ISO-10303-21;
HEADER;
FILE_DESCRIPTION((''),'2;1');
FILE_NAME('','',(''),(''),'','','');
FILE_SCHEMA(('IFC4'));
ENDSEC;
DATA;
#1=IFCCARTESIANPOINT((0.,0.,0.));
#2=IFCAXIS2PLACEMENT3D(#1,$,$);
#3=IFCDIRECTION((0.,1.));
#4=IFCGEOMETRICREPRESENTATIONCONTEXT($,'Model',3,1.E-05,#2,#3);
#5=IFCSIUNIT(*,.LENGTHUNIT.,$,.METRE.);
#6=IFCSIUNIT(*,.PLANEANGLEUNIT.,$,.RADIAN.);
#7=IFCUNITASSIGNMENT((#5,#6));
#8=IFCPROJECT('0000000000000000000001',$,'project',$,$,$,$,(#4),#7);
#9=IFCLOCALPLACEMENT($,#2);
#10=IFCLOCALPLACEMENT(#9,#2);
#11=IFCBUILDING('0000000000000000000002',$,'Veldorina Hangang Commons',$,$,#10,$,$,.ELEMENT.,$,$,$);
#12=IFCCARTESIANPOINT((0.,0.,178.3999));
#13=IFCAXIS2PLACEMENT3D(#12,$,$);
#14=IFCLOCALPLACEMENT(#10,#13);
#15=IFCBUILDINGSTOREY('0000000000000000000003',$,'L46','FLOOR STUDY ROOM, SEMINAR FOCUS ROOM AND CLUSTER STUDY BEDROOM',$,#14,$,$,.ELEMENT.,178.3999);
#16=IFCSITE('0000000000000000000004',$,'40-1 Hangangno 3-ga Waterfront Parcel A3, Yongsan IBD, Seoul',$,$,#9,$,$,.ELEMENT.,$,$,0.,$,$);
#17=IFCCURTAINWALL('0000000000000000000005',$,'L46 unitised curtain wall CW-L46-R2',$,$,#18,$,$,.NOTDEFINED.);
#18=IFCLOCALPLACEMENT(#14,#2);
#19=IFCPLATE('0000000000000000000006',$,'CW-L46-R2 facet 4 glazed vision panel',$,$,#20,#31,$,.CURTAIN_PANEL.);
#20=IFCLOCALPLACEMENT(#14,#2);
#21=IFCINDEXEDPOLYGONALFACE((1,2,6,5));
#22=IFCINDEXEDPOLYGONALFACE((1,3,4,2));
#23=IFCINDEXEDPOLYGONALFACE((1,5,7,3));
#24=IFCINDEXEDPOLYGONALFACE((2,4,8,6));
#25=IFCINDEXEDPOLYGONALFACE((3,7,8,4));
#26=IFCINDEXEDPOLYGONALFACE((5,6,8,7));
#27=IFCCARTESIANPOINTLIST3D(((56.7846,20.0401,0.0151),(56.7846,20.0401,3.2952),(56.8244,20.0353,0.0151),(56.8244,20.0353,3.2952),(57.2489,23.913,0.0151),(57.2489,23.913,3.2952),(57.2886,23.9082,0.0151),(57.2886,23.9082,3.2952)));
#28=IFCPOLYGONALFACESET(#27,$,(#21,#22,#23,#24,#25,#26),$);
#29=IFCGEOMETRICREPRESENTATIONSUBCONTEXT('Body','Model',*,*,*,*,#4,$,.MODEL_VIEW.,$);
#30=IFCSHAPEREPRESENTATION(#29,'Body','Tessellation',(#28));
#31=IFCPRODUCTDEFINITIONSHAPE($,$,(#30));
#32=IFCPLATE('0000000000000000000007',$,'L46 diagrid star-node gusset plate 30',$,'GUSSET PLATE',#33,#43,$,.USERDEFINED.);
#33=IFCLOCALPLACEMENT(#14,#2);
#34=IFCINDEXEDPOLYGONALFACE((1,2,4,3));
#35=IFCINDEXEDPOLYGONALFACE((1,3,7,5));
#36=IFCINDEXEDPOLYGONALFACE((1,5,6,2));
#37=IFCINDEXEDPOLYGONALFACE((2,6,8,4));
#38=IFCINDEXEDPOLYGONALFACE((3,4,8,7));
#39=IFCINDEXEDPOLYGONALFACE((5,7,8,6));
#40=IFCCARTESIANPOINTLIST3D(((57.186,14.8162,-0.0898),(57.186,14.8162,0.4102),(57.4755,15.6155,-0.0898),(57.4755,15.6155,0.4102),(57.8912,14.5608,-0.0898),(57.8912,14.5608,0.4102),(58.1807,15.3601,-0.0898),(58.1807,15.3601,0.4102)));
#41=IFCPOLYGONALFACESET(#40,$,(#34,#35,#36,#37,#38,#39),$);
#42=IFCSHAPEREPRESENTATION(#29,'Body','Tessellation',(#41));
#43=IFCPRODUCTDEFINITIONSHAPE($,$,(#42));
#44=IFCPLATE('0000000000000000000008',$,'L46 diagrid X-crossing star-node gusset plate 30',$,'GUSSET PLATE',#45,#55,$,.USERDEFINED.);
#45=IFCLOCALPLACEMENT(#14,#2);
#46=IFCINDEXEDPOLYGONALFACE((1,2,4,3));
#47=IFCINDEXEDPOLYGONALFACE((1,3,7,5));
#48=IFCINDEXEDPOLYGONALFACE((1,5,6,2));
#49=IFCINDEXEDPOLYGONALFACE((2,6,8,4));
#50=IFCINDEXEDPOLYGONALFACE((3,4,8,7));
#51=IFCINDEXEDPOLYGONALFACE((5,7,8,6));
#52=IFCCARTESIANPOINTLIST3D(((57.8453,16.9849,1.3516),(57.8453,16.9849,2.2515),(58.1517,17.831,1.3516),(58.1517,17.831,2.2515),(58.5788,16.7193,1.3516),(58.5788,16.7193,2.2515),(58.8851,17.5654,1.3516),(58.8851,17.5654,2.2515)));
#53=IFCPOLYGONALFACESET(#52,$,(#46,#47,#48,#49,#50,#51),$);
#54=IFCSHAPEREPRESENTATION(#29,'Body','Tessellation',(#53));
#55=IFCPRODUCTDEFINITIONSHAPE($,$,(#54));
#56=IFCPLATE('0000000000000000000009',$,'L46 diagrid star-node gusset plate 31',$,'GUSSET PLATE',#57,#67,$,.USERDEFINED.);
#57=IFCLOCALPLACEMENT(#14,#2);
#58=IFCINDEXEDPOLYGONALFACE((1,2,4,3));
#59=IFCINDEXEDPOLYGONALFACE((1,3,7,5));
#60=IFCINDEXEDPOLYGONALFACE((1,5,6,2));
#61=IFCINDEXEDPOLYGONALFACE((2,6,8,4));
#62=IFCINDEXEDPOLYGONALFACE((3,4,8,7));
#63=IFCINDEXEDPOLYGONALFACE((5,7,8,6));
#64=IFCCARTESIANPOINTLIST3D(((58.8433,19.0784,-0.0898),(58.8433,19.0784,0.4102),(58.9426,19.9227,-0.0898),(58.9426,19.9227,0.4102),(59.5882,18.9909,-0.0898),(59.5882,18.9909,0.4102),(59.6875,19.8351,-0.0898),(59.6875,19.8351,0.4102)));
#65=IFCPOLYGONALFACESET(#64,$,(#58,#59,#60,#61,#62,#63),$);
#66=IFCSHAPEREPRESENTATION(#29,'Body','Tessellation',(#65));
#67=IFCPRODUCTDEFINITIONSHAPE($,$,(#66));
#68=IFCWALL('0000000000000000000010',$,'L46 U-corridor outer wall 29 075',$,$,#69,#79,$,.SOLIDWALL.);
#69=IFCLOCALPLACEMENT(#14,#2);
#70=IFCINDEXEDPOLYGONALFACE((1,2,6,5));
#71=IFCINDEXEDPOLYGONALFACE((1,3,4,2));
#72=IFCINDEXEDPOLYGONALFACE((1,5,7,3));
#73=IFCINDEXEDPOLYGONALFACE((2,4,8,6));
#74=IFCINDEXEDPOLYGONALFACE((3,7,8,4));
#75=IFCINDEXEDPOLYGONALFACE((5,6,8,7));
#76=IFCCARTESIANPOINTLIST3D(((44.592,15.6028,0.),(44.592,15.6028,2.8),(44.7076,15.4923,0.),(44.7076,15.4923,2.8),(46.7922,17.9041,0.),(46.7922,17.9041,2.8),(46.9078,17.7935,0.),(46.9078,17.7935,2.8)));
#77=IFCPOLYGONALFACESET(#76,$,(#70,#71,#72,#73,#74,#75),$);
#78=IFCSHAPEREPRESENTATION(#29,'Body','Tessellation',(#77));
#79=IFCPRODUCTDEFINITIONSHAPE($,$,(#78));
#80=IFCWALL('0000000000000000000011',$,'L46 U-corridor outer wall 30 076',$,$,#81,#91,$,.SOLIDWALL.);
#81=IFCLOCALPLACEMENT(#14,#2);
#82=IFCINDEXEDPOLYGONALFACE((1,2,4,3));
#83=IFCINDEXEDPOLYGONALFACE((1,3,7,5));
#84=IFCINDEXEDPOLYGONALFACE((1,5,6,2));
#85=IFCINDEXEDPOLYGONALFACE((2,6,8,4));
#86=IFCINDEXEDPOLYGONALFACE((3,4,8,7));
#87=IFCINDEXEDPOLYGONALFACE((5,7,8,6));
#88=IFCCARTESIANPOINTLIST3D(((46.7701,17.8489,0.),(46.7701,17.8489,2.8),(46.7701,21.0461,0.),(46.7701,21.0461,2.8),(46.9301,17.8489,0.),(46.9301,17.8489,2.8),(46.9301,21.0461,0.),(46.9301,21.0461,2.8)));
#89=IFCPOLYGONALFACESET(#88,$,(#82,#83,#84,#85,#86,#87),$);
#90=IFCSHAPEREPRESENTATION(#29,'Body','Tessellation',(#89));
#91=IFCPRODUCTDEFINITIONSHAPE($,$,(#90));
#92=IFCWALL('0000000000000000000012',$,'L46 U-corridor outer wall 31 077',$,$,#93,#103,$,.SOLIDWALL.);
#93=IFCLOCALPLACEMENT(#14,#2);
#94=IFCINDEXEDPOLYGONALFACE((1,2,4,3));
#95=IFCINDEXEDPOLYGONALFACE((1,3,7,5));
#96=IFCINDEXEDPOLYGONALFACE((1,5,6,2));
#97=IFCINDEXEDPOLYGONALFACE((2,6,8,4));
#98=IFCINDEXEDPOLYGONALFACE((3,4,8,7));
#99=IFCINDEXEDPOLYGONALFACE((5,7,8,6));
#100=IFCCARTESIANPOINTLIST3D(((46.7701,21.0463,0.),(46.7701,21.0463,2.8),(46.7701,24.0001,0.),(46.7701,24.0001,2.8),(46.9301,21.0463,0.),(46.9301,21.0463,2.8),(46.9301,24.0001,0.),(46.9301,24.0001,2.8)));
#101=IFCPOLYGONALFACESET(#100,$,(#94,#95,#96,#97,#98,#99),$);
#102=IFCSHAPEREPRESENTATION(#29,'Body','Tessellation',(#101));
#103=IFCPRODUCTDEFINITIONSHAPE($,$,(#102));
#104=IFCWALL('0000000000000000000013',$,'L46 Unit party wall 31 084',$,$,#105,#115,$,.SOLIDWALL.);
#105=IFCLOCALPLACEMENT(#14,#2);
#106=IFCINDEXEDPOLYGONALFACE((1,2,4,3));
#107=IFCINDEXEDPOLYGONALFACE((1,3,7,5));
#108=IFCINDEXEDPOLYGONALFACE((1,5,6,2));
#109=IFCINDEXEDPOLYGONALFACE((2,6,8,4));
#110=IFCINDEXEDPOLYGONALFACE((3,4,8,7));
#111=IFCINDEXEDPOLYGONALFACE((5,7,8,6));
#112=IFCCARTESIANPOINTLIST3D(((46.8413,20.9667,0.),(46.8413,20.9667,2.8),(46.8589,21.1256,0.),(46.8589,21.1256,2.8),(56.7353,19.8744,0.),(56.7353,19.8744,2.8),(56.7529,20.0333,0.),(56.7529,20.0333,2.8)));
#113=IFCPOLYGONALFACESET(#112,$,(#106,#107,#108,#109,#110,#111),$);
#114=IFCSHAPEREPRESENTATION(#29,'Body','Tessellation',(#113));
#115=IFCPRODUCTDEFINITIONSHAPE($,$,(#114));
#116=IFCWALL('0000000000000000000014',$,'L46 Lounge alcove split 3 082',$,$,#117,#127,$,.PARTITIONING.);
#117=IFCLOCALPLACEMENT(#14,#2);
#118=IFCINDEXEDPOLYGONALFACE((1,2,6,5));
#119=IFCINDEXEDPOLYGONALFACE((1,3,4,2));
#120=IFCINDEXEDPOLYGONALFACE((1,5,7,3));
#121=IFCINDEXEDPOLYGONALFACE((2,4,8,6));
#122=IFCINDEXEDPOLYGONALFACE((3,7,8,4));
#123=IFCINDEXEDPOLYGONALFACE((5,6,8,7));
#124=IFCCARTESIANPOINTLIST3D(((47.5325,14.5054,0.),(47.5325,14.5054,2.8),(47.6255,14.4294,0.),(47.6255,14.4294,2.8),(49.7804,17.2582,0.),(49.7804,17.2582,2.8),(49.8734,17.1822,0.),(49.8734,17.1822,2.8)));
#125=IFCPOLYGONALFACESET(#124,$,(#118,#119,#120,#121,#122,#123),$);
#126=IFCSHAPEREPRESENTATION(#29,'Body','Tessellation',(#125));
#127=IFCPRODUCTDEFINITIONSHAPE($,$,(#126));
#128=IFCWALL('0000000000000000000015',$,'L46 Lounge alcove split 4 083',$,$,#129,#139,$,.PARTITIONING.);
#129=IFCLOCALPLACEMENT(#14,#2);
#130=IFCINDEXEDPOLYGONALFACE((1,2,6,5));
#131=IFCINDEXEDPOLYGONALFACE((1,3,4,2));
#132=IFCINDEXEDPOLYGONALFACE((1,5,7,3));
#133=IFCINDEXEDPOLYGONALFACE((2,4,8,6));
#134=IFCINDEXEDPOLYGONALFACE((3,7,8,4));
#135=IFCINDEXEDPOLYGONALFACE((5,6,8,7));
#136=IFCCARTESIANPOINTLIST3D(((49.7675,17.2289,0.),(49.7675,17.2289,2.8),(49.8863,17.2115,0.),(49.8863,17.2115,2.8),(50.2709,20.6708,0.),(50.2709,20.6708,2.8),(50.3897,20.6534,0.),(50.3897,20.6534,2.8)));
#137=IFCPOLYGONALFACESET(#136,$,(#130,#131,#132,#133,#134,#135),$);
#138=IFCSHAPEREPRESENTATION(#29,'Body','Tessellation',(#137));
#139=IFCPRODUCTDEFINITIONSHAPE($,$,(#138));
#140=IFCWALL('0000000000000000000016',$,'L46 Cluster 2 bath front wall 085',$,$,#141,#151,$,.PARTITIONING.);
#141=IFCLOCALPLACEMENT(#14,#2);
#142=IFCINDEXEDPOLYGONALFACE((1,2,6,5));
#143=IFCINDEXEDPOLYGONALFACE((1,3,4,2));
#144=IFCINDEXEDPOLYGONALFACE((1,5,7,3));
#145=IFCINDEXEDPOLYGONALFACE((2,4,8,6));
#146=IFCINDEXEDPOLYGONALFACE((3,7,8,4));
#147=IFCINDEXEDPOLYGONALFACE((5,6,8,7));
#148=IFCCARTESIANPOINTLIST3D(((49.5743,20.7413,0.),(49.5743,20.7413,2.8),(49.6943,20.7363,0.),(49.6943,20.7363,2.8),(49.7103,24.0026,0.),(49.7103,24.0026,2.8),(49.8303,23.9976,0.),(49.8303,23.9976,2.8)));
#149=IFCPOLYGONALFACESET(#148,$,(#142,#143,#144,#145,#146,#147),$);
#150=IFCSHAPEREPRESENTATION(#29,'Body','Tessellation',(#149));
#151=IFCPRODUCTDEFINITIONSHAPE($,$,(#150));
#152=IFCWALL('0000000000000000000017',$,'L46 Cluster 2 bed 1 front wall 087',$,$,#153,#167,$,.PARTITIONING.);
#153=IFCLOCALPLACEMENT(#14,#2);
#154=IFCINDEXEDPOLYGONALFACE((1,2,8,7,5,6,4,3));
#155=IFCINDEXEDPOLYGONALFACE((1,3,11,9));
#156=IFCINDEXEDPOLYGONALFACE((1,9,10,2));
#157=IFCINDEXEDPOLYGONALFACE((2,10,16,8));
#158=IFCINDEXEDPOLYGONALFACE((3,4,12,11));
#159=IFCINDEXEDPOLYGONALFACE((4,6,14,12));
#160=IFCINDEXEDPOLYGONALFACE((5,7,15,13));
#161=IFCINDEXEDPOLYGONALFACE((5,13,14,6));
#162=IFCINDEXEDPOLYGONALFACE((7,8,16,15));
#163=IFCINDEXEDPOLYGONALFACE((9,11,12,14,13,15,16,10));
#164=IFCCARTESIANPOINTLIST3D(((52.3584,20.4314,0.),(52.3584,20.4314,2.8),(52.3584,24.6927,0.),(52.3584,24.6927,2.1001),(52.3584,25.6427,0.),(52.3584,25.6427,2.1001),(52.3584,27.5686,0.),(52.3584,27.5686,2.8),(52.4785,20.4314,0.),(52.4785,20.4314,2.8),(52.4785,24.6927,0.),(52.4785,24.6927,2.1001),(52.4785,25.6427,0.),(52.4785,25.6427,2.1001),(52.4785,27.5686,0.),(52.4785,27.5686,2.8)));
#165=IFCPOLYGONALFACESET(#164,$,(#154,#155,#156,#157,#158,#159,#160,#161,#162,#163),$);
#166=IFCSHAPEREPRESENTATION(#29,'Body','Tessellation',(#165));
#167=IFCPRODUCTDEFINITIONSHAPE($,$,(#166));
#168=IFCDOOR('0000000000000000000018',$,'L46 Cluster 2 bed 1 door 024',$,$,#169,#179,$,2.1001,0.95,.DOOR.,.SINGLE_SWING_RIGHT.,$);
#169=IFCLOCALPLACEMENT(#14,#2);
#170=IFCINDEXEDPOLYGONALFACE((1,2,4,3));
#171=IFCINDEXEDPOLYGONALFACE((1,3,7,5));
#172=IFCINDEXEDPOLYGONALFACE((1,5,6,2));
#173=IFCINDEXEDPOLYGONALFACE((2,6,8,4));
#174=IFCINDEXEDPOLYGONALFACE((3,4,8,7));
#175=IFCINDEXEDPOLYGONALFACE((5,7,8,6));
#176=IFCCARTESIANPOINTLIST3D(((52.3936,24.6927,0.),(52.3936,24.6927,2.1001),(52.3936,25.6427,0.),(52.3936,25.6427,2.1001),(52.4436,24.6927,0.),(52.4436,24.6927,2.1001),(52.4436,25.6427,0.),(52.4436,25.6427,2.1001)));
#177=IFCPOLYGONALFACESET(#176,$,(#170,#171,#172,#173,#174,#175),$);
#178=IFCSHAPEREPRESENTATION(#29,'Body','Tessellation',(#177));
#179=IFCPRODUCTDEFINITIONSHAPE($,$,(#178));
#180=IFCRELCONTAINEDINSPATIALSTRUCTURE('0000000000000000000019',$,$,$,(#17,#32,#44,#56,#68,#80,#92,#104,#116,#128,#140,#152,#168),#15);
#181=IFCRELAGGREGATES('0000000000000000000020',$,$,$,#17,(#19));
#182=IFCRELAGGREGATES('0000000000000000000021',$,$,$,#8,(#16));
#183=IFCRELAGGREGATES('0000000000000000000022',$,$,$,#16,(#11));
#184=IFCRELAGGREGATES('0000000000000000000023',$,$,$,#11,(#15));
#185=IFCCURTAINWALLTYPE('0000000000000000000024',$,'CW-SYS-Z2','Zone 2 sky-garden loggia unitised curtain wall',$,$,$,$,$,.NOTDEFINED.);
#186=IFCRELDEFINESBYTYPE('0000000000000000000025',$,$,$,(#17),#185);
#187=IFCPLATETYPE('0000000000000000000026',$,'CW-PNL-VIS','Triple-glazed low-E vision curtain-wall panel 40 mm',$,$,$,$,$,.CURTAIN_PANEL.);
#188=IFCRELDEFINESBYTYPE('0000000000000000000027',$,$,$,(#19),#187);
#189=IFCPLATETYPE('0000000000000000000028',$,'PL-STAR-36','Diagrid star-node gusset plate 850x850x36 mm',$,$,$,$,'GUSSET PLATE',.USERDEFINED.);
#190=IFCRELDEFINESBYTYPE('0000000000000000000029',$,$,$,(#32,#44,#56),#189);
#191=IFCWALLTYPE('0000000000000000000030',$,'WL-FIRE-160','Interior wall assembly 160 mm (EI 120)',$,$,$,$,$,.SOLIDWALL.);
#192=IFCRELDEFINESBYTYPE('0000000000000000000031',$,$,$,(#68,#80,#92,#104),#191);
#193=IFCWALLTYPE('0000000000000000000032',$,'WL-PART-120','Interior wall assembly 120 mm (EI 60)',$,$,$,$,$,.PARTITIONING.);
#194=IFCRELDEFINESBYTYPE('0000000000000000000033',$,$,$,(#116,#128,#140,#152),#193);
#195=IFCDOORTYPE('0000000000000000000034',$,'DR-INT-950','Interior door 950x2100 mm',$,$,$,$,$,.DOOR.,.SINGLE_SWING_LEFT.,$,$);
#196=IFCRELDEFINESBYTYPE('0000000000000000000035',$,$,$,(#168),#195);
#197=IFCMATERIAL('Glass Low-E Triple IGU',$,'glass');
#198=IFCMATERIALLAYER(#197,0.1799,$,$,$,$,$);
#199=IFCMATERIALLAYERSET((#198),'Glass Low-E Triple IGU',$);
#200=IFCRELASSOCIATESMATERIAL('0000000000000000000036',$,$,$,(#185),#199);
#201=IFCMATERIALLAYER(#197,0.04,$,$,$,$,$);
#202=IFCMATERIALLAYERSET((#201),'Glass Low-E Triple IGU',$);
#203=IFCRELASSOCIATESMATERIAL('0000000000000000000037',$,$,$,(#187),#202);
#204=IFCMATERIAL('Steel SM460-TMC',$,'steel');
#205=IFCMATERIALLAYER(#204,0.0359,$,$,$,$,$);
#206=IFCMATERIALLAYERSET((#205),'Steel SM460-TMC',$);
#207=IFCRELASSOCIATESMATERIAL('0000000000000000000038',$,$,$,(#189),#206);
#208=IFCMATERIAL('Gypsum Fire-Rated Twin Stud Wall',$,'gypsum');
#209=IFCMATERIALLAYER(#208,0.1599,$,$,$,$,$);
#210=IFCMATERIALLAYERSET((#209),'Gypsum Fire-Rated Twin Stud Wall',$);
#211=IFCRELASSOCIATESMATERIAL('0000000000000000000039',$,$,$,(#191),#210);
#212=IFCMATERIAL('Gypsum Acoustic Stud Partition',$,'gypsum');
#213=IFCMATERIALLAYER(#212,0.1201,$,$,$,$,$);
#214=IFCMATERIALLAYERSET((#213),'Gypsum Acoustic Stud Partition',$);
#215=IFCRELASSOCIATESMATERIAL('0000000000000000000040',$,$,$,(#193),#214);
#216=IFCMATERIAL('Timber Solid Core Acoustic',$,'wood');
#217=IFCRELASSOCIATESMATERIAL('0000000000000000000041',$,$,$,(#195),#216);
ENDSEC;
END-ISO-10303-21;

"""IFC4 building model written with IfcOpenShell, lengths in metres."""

from ifc_helpers import new_model, si_unit, direction, frame, frame_2d, origin, origin_2d, place, context, subcontext, project, spatial, rectangle, extrude, material, layer, layer_set, type_object, element, fill, aggregate, save


model = new_model("IFC4")

# Units and contexts
model_context = context("Model", 3, precision=1e-05, world=origin(), true_north=direction((0.0, 1.0)))
body_context = subcontext(model_context, "Body", "Model", "MODEL_VIEW")
ifc_project = project(units=[si_unit("LENGTHUNIT", "METRE"), si_unit("PLANEANGLEUNIT", "RADIAN")], contexts=[model_context])

# Site, building, storey
site_placement = place(None, origin())
site = spatial("IfcSite", under=ifc_project, at=site_placement, Name="40-1 Hangangno 3-ga Waterfront Parcel A3, Yongsan IBD, Seoul", CompositionType="ELEMENT", RefElevation=0.0)
building_placement = place(site_placement, origin())
building = spatial("IfcBuilding", under=site, at=building_placement, Name="Veldorina Hangang Commons", CompositionType="ELEMENT")
storey_placement = place(building_placement, frame((0.0, 0.0, 178.3999)))
storey = spatial("IfcBuildingStorey", under=building, at=storey_placement, Name="L46", Description="FLOOR STUDY ROOM, SEMINAR FOCUS ROOM AND CLUSTER STUDY BEDROOM", CompositionType="ELEMENT", Elevation=178.3999)

# Curtain wall
ifc_material_1 = material(Name="Glass Low-E Triple IGU", Category="glass")
ifc_layer_1 = layer(ifc_material_1, 0.1799)
ifc_layer_set_1 = layer_set([ifc_layer_1], Name="Glass Low-E Triple IGU")
curtain_wall_type = type_object("IfcCurtainWallType", Name="CW-SYS-Z2", Description="Zone 2 sky-garden loggia unitised curtain wall", PredefinedType="NOTDEFINED", material=ifc_layer_set_1)
curtain_wall_placement = place(storey_placement, origin())
curtain_wall = element("IfcCurtainWall", 1, at=curtain_wall_placement, inside=storey, type_object=curtain_wall_type, Name="L46 unitised curtain wall CW-L46-R2", PredefinedType="NOTDEFINED")

# Plate
ifc_layer_2 = layer(ifc_material_1, 0.04)
ifc_layer_set_2 = layer_set([ifc_layer_2], Name="Glass Low-E Triple IGU")
plate_type_1 = type_object("IfcPlateType", Name="CW-PNL-VIS", Description="Triple-glazed low-E vision curtain-wall panel 40 mm", PredefinedType="CURTAIN_PANEL", material=ifc_layer_set_2)
plate_1_placement = place(storey_placement, frame((57.0366, 21.9741, 0.0151), z_axis=(0.0, 0.0, 1.0), x_axis=(0.119028, 0.992891, 0.0)))
plate_1 = element("IfcPlate", 2, at=plate_1_placement, type_object=plate_type_1, Name="CW-L46-R2 facet 4 glazed vision panel", PredefinedType="CURTAIN_PANEL", context=body_context, shape_type="SweptSolid", body=[
    extrude(rectangle(XDim=3.9006, YDim=0.04, at=origin_2d()), origin(), (0.0, 0.0, 1.0), 3.28),
])
aggregate(curtain_wall, [plate_1])

# Plates
ifc_material_2 = material(Name="Steel SM460-TMC", Category="steel")
ifc_layer_3 = layer(ifc_material_2, 0.0359)
ifc_layer_set_3 = layer_set([ifc_layer_3], Name="Steel SM460-TMC")
plate_type_2 = type_object("IfcPlateType", Name="PL-STAR-36", Description="Diagrid star-node gusset plate 850x850x36 mm", ElementType="GUSSET PLATE", PredefinedType="USERDEFINED", material=ifc_layer_set_3)
plate_2_placement = place(storey_placement, frame((57.6833, 15.0881, -0.0898), z_axis=(0.0, 0.0, 1.0), x_axis=(0.340462, 0.940258, 0.0)))
element("IfcPlate", 3, at=plate_2_placement, inside=storey, type_object=plate_type_2, Name="L46 diagrid star-node gusset plate 30", ObjectType="GUSSET PLATE", PredefinedType="USERDEFINED", context=body_context, shape_type="SweptSolid", body=[
    extrude(rectangle(XDim=0.8501, YDim=0.75, at=origin_2d()), origin(), (0.0, 0.0, 1.0), 0.5),
])
plate_3_placement = place(storey_placement, frame((58.3652, 17.2751, 1.3516), z_axis=(0.0, 0.0, 1.0), x_axis=(0.340462, 0.940258, 0.0)))
element("IfcPlate", 4, at=plate_3_placement, inside=storey, type_object=plate_type_2, Name="L46 diagrid X-crossing star-node gusset plate 30", ObjectType="GUSSET PLATE", PredefinedType="USERDEFINED", context=body_context, shape_type="SweptSolid", body=[
    extrude(rectangle(XDim=0.8999, YDim=0.78, at=origin_2d()), origin(), (0.0, 0.0, 1.0), 0.8999),
])
plate_4_placement = place(storey_placement, frame((59.2654, 19.4568, -0.0898), z_axis=(0.0, 0.0, 1.0), x_axis=(0.116775, 0.993158, 0.0)))
element("IfcPlate", 5, at=plate_4_placement, inside=storey, type_object=plate_type_2, Name="L46 diagrid star-node gusset plate 31", ObjectType="GUSSET PLATE", PredefinedType="USERDEFINED", context=body_context, shape_type="SweptSolid", body=[
    extrude(rectangle(XDim=0.8501, YDim=0.75, at=origin_2d()), origin(), (0.0, 0.0, 1.0), 0.5),
])

# Walls
ifc_material_3 = material(Name="Gypsum Fire-Rated Twin Stud Wall", Category="gypsum")
ifc_layer_4 = layer(ifc_material_3, 0.1599)
ifc_layer_set_4 = layer_set([ifc_layer_4], Name="Gypsum Fire-Rated Twin Stud Wall")
wall_type_1 = type_object("IfcWallType", Name="WL-FIRE-160", Description="Interior wall assembly 160 mm (EI 120)", PredefinedType="SOLIDWALL", material=ifc_layer_set_4)
wall_1_placement = place(storey_placement, frame((44.6499, 15.5476, 0.0), z_axis=(0.0, 0.0, 1.0), x_axis=(0.691055, 0.722802, 0.0)))
element("IfcWall", 6, at=wall_1_placement, inside=storey, type_object=wall_type_1, Name="L46 U-corridor outer wall 29 075", PredefinedType="SOLIDWALL", context=body_context, shape_type="SweptSolid", body=[
    extrude(rectangle(XDim=3.1838, YDim=0.1599, at=frame_2d((1.5918, 0.0))), origin(), (0.0, 0.0, 1.0), 2.8),
])
wall_2_placement = place(storey_placement, frame((46.8501, 17.8489, 0.0), z_axis=(0.0, 0.0, 1.0), x_axis=(0.0, 1.0, 0.0)))
element("IfcWall", 7, at=wall_2_placement, inside=storey, type_object=wall_type_1, Name="L46 U-corridor outer wall 30 076", PredefinedType="SOLIDWALL", context=body_context, shape_type="SweptSolid", body=[
    extrude(rectangle(XDim=3.1973, YDim=0.1599, at=frame_2d((1.5986, 0.0))), origin(), (0.0, 0.0, 1.0), 2.8),
])
wall_3_placement = place(storey_placement, frame((46.8501, 21.0461, 0.0), z_axis=(0.0, 0.0, 1.0), x_axis=(0.0, 1.0, 0.0)))
element("IfcWall", 8, at=wall_3_placement, inside=storey, type_object=wall_type_1, Name="L46 U-corridor outer wall 31 077", PredefinedType="SOLIDWALL", context=body_context, shape_type="SweptSolid", body=[
    extrude(rectangle(XDim=2.9539, YDim=0.1599, at=frame_2d((1.4771, 0.0))), origin(), (0.0, 0.0, 1.0), 2.8),
])
wall_4_placement = place(storey_placement, frame((46.8501, 21.0461, 0.0), z_axis=(0.0, 0.0, 1.0), x_axis=(0.993961, -0.109732, 0.0)))
element("IfcWall", 9, at=wall_4_placement, inside=storey, type_object=wall_type_1, Name="L46 Unit party wall 31 084", PredefinedType="SOLIDWALL", context=body_context, shape_type="SweptSolid", body=[
    extrude(rectangle(XDim=9.9541, YDim=0.1599, at=frame_2d((4.9771, 0.0))), origin(), (0.0, 0.0, 1.0), 2.8),
])
ifc_material_4 = material(Name="Gypsum Acoustic Stud Partition", Category="gypsum")
ifc_layer_5 = layer(ifc_material_4, 0.1201)
ifc_layer_set_5 = layer_set([ifc_layer_5], Name="Gypsum Acoustic Stud Partition")
wall_type_2 = type_object("IfcWallType", Name="WL-PART-120", Description="Interior wall assembly 120 mm (EI 60)", PredefinedType="PARTITIONING", material=ifc_layer_set_5)
wall_5_placement = place(storey_placement, frame((47.5791, 14.4675, 0.0), z_axis=(0.0, 0.0, 1.0), x_axis=(0.632497, 0.774563, 0.0)))
element("IfcWall", 10, at=wall_5_placement, inside=storey, type_object=wall_type_2, Name="L46 Lounge alcove split 3 082", PredefinedType="PARTITIONING", context=body_context, shape_type="SweptSolid", body=[
    extrude(rectangle(XDim=3.554, YDim=0.1201, at=frame_2d((1.7769, 0.0))), origin(), (0.0, 0.0, 1.0), 2.8),
])
wall_6_placement = place(storey_placement, frame((49.8269, 17.2202, 0.0), z_axis=(0.0, 0.0, 1.0), x_axis=(0.144722, 0.989472, 0.0)))
element("IfcWall", 11, at=wall_6_placement, inside=storey, type_object=wall_type_2, Name="L46 Lounge alcove split 4 083", PredefinedType="PARTITIONING", context=body_context, shape_type="SweptSolid", body=[
    extrude(rectangle(XDim=3.4785, YDim=0.1201, at=frame_2d((1.7393, 0.0))), origin(), (0.0, 0.0, 1.0), 2.8),
])
wall_7_placement = place(storey_placement, frame((49.6343, 20.7388, 0.0), z_axis=(0.0, 0.0, 1.0), x_axis=(0.041662, 0.999132, 0.0)))
element("IfcWall", 12, at=wall_7_placement, inside=storey, type_object=wall_type_2, Name="L46 Cluster 2 bath front wall 085", PredefinedType="PARTITIONING", context=body_context, shape_type="SweptSolid", body=[
    extrude(rectangle(XDim=3.2642, YDim=0.1201, at=frame_2d((1.6321, 0.0))), origin(), (0.0, 0.0, 1.0), 2.8),
])

# Wall, opening, door
wall_8_placement = place(storey_placement, frame((52.4185, 20.4314, 0.0), z_axis=(0.0, 0.0, 1.0), x_axis=(0.0, 1.0, 0.0)))
wall_8 = element("IfcWall", 13, at=wall_8_placement, inside=storey, type_object=wall_type_2, Name="L46 Cluster 2 bed 1 front wall 087", PredefinedType="PARTITIONING", context=body_context, shape_type="SweptSolid", body=[
    extrude(rectangle(XDim=7.1372, YDim=0.1201, at=frame_2d((3.5686, 0.0))), origin(), (0.0, 0.0, 1.0), 2.8),
])
opening_placement = place(wall_8_placement, frame((4.2612, 0.0, 0.0)))
opening = element("IfcOpeningElement", 14, at=opening_placement, cuts=wall_8, PredefinedType="OPENING", context=body_context, shape_type="SweptSolid", body=[
    extrude(rectangle(XDim=0.95, YDim=2.1001, at=frame_2d((0.4751, 1.05))), frame((0.0, 0.0701, 0.0), z_axis=(0.0, -1.0, 0.0), x_axis=(1.0, 0.0, 0.0)), (0.0, 0.0, 1.0), 0.1401),
])
ifc_material_5 = material(Name="Timber Solid Core Acoustic", Category="wood")
door_type = type_object("IfcDoorType", Name="DR-INT-950", Description="Interior door 950x2100 mm", OperationType="SINGLE_SWING_LEFT", PredefinedType="DOOR", material=ifc_material_5)
door_placement = place(opening_placement, origin())
door = element("IfcDoor", 15, at=door_placement, inside=storey, type_object=door_type, Name="L46 Cluster 2 bed 1 door 024", OperationType="SINGLE_SWING_RIGHT", OverallHeight=2.1001, OverallWidth=0.95, PredefinedType="DOOR", context=body_context, shape_type="SweptSolid", body=[
    extrude(rectangle(XDim=0.95, YDim=2.1001, at=frame_2d((0.4751, 1.05))), frame((0.0, 0.0249, 0.0), z_axis=(0.0, -1.0, 0.0), x_axis=(1.0, 0.0, 0.0)), (0.0, 0.0, 1.0), 0.05),
])
fill(opening, door)

save(model, "model.ifc")
